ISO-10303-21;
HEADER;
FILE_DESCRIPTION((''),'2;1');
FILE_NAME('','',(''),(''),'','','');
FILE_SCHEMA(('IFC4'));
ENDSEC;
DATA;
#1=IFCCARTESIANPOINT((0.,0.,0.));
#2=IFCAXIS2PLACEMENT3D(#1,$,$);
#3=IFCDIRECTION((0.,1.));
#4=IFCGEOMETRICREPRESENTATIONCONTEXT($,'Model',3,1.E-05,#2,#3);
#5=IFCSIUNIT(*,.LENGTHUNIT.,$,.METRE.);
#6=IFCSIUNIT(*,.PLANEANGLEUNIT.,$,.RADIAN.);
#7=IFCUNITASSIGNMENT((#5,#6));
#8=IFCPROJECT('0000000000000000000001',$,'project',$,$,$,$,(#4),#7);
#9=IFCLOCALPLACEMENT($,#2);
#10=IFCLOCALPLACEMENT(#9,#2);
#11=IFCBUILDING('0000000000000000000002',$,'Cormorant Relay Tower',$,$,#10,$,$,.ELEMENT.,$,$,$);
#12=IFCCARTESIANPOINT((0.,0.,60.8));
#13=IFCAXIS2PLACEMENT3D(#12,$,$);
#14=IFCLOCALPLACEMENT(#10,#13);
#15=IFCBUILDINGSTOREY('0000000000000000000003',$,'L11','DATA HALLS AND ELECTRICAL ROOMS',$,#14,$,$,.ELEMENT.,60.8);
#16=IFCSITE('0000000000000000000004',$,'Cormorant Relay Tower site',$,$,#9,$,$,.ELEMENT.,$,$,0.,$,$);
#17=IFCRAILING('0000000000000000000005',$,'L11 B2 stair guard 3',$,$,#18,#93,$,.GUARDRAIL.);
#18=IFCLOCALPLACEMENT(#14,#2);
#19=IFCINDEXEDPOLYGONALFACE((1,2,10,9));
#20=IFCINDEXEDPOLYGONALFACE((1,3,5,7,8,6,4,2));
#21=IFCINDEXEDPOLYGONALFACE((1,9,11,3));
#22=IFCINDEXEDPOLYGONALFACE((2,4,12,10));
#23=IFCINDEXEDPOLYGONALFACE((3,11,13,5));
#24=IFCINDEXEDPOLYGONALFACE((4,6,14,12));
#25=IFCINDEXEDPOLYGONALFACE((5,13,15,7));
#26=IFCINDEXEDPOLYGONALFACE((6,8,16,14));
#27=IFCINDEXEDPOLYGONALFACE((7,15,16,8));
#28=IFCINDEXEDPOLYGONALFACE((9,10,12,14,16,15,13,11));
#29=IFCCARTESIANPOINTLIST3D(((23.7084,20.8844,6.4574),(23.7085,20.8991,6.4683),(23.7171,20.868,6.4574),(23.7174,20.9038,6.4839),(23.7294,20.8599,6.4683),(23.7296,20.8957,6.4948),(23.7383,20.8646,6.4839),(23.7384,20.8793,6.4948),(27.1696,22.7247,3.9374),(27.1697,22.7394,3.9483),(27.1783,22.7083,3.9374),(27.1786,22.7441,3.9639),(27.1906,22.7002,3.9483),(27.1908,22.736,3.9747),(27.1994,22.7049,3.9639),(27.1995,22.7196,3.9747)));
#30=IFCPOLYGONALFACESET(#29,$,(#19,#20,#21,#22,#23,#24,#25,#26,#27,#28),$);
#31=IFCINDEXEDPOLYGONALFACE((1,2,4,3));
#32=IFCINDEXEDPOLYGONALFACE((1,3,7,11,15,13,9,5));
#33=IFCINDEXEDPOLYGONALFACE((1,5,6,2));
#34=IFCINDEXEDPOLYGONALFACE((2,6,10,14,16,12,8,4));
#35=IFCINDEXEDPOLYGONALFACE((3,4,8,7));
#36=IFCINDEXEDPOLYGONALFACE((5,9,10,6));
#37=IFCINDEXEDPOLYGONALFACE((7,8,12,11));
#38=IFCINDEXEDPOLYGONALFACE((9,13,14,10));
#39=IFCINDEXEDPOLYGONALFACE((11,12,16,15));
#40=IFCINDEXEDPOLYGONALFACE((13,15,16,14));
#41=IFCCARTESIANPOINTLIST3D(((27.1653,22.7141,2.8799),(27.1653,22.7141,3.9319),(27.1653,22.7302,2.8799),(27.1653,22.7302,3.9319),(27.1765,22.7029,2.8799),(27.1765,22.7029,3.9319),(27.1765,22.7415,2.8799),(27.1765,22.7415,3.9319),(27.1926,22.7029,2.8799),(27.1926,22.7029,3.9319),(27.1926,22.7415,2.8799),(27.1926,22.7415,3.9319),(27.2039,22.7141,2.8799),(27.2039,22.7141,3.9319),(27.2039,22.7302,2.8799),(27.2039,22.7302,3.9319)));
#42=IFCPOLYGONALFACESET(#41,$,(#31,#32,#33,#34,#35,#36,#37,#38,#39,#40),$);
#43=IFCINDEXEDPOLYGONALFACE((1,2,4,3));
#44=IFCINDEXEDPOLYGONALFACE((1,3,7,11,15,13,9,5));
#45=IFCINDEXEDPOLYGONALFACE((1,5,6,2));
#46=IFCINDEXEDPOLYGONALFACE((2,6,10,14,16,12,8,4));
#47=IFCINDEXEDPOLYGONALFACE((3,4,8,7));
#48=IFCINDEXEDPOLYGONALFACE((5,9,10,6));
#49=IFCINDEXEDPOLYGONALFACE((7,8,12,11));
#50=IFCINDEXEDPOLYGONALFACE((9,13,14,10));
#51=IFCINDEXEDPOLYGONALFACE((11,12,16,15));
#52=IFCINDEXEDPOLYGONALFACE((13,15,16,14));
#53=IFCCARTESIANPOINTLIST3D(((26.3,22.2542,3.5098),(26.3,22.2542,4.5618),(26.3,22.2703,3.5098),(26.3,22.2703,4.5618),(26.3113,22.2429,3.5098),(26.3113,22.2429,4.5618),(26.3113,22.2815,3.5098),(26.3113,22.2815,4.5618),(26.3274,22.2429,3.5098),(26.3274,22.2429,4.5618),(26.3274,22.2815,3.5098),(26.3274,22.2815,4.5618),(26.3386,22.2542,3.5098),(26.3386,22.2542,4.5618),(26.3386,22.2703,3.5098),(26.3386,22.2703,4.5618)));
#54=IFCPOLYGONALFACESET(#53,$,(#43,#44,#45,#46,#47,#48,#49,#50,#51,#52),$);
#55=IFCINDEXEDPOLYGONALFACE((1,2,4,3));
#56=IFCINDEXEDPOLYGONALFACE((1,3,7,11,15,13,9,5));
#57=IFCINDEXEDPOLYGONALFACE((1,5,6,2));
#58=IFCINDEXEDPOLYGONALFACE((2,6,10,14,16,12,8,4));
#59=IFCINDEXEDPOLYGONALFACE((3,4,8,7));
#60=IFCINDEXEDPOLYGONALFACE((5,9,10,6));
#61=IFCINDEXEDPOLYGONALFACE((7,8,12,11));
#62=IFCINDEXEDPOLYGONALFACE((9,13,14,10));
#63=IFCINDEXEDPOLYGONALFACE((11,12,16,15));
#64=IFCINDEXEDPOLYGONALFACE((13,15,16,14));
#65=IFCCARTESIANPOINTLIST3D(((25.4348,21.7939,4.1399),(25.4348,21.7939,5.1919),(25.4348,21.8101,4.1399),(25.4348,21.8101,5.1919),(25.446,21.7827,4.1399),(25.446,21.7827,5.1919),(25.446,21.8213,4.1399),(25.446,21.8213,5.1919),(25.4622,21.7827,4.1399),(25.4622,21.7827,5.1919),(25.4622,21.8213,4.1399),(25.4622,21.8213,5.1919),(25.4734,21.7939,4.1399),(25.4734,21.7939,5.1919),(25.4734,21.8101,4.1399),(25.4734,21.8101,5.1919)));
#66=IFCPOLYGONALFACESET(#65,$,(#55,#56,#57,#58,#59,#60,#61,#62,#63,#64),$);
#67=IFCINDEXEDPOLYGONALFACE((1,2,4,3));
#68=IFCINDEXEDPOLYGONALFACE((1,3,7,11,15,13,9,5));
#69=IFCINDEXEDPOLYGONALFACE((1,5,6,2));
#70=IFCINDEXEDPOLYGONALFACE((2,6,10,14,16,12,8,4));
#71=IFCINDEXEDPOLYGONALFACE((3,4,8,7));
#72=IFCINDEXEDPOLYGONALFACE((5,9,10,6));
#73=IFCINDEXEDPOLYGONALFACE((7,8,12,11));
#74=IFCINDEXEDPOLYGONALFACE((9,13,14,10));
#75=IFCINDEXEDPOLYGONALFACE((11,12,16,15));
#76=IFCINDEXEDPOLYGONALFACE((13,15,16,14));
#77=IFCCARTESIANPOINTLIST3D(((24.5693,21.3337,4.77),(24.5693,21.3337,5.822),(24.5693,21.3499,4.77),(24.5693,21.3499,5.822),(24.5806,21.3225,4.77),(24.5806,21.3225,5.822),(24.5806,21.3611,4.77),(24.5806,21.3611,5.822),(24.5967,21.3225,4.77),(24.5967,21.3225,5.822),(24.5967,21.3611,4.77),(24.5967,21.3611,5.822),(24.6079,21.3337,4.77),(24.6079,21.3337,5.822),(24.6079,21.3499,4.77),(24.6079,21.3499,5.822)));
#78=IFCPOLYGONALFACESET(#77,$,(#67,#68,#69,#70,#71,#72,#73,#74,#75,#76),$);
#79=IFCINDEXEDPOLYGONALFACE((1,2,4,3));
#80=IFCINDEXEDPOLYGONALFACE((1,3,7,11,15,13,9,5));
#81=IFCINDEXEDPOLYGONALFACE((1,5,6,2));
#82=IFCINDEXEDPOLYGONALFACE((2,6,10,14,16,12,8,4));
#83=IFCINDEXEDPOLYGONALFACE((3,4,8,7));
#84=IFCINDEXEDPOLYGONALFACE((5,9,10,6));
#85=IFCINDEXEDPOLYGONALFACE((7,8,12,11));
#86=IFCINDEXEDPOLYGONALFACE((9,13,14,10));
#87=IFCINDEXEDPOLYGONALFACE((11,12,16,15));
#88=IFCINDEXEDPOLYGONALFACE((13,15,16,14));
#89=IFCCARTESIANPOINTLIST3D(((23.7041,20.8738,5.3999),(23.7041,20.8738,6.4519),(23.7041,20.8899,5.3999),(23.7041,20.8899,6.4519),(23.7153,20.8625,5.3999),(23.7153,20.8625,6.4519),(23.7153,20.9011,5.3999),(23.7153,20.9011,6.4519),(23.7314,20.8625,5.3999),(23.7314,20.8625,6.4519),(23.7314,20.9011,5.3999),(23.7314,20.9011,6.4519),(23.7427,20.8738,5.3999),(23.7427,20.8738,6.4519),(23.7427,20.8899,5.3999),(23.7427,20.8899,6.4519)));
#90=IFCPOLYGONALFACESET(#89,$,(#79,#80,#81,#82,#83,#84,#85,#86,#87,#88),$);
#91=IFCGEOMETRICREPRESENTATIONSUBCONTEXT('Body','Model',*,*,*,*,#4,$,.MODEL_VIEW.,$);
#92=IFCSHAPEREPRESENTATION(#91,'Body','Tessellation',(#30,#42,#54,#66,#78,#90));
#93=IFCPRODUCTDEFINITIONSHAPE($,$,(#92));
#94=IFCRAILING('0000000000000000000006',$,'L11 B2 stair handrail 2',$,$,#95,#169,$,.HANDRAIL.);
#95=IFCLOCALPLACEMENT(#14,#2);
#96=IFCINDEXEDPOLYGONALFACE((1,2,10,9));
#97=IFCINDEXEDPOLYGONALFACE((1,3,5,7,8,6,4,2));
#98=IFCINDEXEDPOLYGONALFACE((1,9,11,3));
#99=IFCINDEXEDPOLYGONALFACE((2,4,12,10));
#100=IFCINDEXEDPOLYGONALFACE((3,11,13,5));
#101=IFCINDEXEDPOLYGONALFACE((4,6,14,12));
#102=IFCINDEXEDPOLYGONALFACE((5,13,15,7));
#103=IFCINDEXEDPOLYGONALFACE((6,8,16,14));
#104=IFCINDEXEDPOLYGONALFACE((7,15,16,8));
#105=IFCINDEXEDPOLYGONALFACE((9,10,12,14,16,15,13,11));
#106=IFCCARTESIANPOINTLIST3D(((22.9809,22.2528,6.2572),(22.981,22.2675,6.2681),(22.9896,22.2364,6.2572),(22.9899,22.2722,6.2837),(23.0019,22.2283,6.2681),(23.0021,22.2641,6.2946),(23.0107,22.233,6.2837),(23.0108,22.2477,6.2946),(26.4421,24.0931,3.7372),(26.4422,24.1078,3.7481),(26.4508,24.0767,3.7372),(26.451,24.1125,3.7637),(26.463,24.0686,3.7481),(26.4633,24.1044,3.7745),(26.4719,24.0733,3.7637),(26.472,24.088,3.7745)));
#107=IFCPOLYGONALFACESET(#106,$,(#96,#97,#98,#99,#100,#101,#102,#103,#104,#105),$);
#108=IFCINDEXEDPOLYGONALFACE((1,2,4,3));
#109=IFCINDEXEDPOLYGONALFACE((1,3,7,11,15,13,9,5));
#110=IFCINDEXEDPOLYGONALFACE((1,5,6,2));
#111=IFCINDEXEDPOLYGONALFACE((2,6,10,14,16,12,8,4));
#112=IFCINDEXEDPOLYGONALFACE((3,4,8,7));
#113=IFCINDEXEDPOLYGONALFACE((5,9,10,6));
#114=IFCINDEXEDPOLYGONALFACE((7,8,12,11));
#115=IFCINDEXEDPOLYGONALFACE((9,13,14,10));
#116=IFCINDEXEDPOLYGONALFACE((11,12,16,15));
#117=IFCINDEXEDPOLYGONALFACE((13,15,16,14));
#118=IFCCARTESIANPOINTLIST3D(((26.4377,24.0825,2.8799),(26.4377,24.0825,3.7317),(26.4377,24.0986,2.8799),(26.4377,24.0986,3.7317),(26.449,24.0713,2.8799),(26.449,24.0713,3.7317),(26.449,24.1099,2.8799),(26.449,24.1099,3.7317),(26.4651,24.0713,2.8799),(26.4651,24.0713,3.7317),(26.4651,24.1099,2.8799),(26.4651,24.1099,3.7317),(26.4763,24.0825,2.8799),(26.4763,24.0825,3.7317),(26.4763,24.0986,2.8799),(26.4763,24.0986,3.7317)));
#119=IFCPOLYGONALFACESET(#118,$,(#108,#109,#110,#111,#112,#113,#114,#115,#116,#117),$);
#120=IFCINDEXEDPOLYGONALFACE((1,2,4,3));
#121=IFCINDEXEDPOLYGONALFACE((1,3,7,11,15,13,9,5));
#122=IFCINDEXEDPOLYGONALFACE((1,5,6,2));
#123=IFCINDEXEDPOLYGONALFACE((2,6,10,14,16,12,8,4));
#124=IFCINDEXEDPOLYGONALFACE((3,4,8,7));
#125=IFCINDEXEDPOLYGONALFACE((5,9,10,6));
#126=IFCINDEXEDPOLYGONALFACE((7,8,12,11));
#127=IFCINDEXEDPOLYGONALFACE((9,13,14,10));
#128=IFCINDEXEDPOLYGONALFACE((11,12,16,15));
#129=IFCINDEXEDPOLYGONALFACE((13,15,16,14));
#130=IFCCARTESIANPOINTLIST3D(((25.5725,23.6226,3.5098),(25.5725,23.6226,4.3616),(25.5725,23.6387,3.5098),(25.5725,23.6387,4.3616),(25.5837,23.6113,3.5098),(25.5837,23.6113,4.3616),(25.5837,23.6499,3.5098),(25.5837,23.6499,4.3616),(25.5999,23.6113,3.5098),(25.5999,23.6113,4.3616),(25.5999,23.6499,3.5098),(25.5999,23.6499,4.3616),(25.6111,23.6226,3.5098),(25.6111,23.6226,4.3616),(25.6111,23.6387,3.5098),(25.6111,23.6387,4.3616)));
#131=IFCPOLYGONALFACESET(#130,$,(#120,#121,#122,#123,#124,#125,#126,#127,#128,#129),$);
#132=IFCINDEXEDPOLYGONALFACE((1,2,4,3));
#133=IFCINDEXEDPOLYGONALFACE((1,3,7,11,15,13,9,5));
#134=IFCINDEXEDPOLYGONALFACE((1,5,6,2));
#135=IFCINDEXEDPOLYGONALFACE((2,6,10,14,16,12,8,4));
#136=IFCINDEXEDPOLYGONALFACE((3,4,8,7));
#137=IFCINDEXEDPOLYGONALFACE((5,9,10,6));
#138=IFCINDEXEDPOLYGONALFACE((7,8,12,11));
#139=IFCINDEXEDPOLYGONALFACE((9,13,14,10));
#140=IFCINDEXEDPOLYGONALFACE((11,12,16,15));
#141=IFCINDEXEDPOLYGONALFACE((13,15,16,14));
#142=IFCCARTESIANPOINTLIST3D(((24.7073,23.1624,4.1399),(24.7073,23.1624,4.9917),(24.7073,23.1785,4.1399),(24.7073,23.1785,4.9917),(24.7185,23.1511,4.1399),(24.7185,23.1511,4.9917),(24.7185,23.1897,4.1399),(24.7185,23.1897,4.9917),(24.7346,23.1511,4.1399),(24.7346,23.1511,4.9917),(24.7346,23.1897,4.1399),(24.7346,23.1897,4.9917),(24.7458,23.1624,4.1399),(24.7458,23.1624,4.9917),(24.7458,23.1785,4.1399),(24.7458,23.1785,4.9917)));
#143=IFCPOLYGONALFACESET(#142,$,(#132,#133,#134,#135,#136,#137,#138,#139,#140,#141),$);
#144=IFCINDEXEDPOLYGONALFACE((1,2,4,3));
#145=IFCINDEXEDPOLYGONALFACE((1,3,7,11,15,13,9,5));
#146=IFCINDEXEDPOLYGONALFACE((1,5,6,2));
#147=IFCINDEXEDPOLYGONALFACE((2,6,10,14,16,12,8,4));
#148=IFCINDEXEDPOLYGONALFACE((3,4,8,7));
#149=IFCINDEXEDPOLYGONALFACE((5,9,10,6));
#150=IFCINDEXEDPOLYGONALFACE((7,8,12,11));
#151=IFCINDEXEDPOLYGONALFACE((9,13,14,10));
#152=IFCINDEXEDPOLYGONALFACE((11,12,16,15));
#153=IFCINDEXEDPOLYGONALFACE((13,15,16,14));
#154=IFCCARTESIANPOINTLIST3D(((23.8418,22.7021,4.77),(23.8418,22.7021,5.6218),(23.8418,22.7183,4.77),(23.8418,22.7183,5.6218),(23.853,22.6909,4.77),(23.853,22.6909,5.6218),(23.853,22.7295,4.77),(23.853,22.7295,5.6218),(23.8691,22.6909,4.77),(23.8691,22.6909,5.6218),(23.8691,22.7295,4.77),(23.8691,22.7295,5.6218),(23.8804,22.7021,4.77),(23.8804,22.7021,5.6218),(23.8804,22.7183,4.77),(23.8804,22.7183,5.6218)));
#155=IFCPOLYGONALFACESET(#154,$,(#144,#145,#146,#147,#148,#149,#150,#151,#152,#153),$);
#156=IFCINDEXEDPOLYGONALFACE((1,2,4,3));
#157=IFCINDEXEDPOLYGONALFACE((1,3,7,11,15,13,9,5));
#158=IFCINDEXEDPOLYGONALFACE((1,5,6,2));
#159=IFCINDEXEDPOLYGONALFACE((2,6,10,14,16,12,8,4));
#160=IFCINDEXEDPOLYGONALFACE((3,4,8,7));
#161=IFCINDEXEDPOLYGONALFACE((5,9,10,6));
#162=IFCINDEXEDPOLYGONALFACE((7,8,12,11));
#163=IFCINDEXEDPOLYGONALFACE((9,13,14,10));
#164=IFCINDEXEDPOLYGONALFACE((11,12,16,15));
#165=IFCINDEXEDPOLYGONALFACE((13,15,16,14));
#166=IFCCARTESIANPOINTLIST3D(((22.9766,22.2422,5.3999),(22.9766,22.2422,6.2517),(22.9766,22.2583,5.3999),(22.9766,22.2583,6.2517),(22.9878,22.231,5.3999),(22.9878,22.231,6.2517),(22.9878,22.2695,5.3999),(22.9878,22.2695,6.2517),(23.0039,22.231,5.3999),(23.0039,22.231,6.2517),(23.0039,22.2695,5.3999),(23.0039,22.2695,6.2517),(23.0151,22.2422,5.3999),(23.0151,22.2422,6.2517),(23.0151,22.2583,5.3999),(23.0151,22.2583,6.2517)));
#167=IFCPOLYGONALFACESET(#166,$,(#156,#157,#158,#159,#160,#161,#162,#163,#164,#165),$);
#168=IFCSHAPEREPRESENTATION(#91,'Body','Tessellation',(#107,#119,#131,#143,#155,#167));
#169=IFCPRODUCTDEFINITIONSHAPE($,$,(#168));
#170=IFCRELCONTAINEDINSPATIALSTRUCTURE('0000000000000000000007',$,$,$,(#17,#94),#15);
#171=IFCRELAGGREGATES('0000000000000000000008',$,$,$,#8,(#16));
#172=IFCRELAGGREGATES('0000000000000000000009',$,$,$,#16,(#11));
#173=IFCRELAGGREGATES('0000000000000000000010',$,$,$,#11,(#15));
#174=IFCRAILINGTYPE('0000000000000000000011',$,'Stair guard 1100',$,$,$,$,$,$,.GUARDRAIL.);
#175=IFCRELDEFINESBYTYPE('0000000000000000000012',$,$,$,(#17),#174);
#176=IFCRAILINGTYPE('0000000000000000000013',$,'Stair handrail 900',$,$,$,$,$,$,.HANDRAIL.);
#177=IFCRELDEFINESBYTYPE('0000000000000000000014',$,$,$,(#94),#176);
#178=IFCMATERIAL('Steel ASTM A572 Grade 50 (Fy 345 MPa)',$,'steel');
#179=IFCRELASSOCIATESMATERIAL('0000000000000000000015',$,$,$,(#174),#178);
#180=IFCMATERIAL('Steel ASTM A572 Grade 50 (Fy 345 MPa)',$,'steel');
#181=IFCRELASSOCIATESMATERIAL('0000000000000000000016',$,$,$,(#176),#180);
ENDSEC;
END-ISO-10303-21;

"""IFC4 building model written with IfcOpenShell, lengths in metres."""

from ifc_helpers import new_model, si_unit, direction, frame, origin, place, context, subcontext, project, spatial, polyline, outline, extrude, material, type_object, element, save


model = new_model("IFC4")

# Units and contexts
model_context = context("Model", 3, precision=1e-05, world=origin(), true_north=direction((0.0, 1.0)))
body_context = subcontext(model_context, "Body", "Model", "MODEL_VIEW")
ifc_project = project(units=[si_unit("LENGTHUNIT", "METRE"), si_unit("PLANEANGLEUNIT", "RADIAN")], contexts=[model_context])

# Site, building, storey
site_placement = place(None, origin())
site = spatial("IfcSite", under=ifc_project, at=site_placement, Name="Cormorant Relay Tower site", CompositionType="ELEMENT", RefElevation=0.0)
building_placement = place(site_placement, origin())
building = spatial("IfcBuilding", under=site, at=building_placement, Name="Cormorant Relay Tower", CompositionType="ELEMENT")
storey_placement = place(building_placement, frame((0.0, 0.0, 60.8)))
storey = spatial("IfcBuildingStorey", under=building, at=storey_placement, Name="L11", Description="DATA HALLS AND ELECTRICAL ROOMS", CompositionType="ELEMENT", Elevation=60.8)

# Railings
ifc_material_1 = material(Name="Steel ASTM A572 Grade 50 (Fy 345 MPa)", Category="steel")
railing_type_1 = type_object("IfcRailingType", Name="Stair guard 1100", PredefinedType="GUARDRAIL", material=ifc_material_1)
railing_1_placement = place(storey_placement, frame((27.1846, 22.7222, 2.8799)))
element("IfcRailing", 1, at=railing_1_placement, inside=storey, type_object=railing_type_1, Name="L11 B2 stair guard 3", PredefinedType="GUARDRAIL", context=body_context, shape_type="SweptSolid", body=[
    extrude(outline(polyline([(0.0222, 0.0093), (0.0093, 0.0222), (-0.0093, 0.0222), (-0.0222, 0.0093), (-0.0222, -0.0093), (-0.0093, -0.0222), (0.0093, -0.0222), (0.0222, -0.0093), (0.0222, 0.0093)])), frame((0.0, 0.0, 1.0762), z_axis=(-0.742717, -0.394907, 0.540758), x_axis=(0.469469, -0.882949, 0.0)), (0.0, 0.0, 1.0), 4.6602),
    extrude(outline(polyline([(0.0193, 0.0081), (0.0081, 0.0193), (-0.0081, 0.0193), (-0.0193, 0.0081), (-0.0193, -0.0081), (-0.0081, -0.0193), (0.0081, -0.0193), (0.0193, -0.0081), (0.0193, 0.0081)])), origin(), (0.0, 0.0, 1.0), 1.052),
    extrude(outline(polyline([(0.0193, 0.0081), (0.0081, 0.0193), (-0.0081, 0.0193), (-0.0193, 0.0081), (-0.0193, -0.0081), (-0.0081, -0.0193), (0.0081, -0.0193), (0.0193, -0.0081), (0.0193, 0.0081)])), frame((-0.8652, -0.46, 0.6299)), (0.0, 0.0, 1.0), 1.052),
    extrude(outline(polyline([(0.0193, 0.0081), (0.0081, 0.0193), (-0.0081, 0.0193), (-0.0193, 0.0081), (-0.0193, -0.0081), (-0.0081, -0.0193), (0.0081, -0.0193), (0.0193, -0.0081), (0.0193, 0.0081)])), frame((-1.7305, -0.9202, 1.26)), (0.0, 0.0, 1.0), 1.052),
    extrude(outline(polyline([(0.0193, 0.0081), (0.0081, 0.0193), (-0.0081, 0.0193), (-0.0193, 0.0081), (-0.0193, -0.0081), (-0.0081, -0.0193), (0.0081, -0.0193), (0.0193, -0.0081), (0.0193, 0.0081)])), frame((-2.5959, -1.3804, 1.8901)), (0.0, 0.0, 1.0), 1.052),
    extrude(outline(polyline([(0.0193, 0.0081), (0.0081, 0.0193), (-0.0081, 0.0193), (-0.0193, 0.0081), (-0.0193, -0.0081), (-0.0081, -0.0193), (0.0081, -0.0193), (0.0193, -0.0081), (0.0193, 0.0081)])), frame((-3.4612, -1.8403, 2.52)), (0.0, 0.0, 1.0), 1.052),
])
ifc_material_2 = material(Name="Steel ASTM A572 Grade 50 (Fy 345 MPa)", Category="steel")
railing_type_2 = type_object("IfcRailingType", Name="Stair handrail 900", PredefinedType="HANDRAIL", material=ifc_material_2)
railing_2_placement = place(storey_placement, frame((26.457, 24.0906, 2.8799)))
element("IfcRailing", 2, at=railing_2_placement, inside=storey, type_object=railing_type_2, Name="L11 B2 stair handrail 2", PredefinedType="HANDRAIL", context=body_context, shape_type="SweptSolid", body=[
    extrude(outline(polyline([(0.0222, 0.0093), (0.0093, 0.0222), (-0.0093, 0.0222), (-0.0222, 0.0093), (-0.0222, -0.0093), (-0.0093, -0.0222), (0.0093, -0.0222), (0.0222, -0.0093), (0.0222, 0.0093)])), frame((0.0, 0.0, 0.876), z_axis=(-0.742717, -0.394907, 0.540758), x_axis=(0.469469, -0.882949, 0.0)), (0.0, 0.0, 1.0), 4.6602),
    extrude(outline(polyline([(0.0193, 0.0081), (0.0081, 0.0193), (-0.0081, 0.0193), (-0.0193, 0.0081), (-0.0193, -0.0081), (-0.0081, -0.0193), (0.0081, -0.0193), (0.0193, -0.0081), (0.0193, 0.0081)])), origin(), (0.0, 0.0, 1.0), 0.8518),
    extrude(outline(polyline([(0.0193, 0.0081), (0.0081, 0.0193), (-0.0081, 0.0193), (-0.0193, 0.0081), (-0.0193, -0.0081), (-0.0081, -0.0193), (0.0081, -0.0193), (0.0193, -0.0081), (0.0193, 0.0081)])), frame((-0.8652, -0.46, 0.6299)), (0.0, 0.0, 1.0), 0.8518),
    extrude(outline(polyline([(0.0193, 0.0081), (0.0081, 0.0193), (-0.0081, 0.0193), (-0.0193, 0.0081), (-0.0193, -0.0081), (-0.0081, -0.0193), (0.0081, -0.0193), (0.0193, -0.0081), (0.0193, 0.0081)])), frame((-1.7305, -0.9202, 1.26)), (0.0, 0.0, 1.0), 0.8518),
    extrude(outline(polyline([(0.0193, 0.0081), (0.0081, 0.0193), (-0.0081, 0.0193), (-0.0193, 0.0081), (-0.0193, -0.0081), (-0.0081, -0.0193), (0.0081, -0.0193), (0.0193, -0.0081), (0.0193, 0.0081)])), frame((-2.5959, -1.3804, 1.8901)), (0.0, 0.0, 1.0), 0.8518),
    extrude(outline(polyline([(0.0193, 0.0081), (0.0081, 0.0193), (-0.0081, 0.0193), (-0.0193, 0.0081), (-0.0193, -0.0081), (-0.0081, -0.0193), (0.0081, -0.0193), (0.0193, -0.0081), (0.0193, 0.0081)])), frame((-3.4612, -1.8403, 2.52)), (0.0, 0.0, 1.0), 0.8518),
])

save(model, "model.ifc")
